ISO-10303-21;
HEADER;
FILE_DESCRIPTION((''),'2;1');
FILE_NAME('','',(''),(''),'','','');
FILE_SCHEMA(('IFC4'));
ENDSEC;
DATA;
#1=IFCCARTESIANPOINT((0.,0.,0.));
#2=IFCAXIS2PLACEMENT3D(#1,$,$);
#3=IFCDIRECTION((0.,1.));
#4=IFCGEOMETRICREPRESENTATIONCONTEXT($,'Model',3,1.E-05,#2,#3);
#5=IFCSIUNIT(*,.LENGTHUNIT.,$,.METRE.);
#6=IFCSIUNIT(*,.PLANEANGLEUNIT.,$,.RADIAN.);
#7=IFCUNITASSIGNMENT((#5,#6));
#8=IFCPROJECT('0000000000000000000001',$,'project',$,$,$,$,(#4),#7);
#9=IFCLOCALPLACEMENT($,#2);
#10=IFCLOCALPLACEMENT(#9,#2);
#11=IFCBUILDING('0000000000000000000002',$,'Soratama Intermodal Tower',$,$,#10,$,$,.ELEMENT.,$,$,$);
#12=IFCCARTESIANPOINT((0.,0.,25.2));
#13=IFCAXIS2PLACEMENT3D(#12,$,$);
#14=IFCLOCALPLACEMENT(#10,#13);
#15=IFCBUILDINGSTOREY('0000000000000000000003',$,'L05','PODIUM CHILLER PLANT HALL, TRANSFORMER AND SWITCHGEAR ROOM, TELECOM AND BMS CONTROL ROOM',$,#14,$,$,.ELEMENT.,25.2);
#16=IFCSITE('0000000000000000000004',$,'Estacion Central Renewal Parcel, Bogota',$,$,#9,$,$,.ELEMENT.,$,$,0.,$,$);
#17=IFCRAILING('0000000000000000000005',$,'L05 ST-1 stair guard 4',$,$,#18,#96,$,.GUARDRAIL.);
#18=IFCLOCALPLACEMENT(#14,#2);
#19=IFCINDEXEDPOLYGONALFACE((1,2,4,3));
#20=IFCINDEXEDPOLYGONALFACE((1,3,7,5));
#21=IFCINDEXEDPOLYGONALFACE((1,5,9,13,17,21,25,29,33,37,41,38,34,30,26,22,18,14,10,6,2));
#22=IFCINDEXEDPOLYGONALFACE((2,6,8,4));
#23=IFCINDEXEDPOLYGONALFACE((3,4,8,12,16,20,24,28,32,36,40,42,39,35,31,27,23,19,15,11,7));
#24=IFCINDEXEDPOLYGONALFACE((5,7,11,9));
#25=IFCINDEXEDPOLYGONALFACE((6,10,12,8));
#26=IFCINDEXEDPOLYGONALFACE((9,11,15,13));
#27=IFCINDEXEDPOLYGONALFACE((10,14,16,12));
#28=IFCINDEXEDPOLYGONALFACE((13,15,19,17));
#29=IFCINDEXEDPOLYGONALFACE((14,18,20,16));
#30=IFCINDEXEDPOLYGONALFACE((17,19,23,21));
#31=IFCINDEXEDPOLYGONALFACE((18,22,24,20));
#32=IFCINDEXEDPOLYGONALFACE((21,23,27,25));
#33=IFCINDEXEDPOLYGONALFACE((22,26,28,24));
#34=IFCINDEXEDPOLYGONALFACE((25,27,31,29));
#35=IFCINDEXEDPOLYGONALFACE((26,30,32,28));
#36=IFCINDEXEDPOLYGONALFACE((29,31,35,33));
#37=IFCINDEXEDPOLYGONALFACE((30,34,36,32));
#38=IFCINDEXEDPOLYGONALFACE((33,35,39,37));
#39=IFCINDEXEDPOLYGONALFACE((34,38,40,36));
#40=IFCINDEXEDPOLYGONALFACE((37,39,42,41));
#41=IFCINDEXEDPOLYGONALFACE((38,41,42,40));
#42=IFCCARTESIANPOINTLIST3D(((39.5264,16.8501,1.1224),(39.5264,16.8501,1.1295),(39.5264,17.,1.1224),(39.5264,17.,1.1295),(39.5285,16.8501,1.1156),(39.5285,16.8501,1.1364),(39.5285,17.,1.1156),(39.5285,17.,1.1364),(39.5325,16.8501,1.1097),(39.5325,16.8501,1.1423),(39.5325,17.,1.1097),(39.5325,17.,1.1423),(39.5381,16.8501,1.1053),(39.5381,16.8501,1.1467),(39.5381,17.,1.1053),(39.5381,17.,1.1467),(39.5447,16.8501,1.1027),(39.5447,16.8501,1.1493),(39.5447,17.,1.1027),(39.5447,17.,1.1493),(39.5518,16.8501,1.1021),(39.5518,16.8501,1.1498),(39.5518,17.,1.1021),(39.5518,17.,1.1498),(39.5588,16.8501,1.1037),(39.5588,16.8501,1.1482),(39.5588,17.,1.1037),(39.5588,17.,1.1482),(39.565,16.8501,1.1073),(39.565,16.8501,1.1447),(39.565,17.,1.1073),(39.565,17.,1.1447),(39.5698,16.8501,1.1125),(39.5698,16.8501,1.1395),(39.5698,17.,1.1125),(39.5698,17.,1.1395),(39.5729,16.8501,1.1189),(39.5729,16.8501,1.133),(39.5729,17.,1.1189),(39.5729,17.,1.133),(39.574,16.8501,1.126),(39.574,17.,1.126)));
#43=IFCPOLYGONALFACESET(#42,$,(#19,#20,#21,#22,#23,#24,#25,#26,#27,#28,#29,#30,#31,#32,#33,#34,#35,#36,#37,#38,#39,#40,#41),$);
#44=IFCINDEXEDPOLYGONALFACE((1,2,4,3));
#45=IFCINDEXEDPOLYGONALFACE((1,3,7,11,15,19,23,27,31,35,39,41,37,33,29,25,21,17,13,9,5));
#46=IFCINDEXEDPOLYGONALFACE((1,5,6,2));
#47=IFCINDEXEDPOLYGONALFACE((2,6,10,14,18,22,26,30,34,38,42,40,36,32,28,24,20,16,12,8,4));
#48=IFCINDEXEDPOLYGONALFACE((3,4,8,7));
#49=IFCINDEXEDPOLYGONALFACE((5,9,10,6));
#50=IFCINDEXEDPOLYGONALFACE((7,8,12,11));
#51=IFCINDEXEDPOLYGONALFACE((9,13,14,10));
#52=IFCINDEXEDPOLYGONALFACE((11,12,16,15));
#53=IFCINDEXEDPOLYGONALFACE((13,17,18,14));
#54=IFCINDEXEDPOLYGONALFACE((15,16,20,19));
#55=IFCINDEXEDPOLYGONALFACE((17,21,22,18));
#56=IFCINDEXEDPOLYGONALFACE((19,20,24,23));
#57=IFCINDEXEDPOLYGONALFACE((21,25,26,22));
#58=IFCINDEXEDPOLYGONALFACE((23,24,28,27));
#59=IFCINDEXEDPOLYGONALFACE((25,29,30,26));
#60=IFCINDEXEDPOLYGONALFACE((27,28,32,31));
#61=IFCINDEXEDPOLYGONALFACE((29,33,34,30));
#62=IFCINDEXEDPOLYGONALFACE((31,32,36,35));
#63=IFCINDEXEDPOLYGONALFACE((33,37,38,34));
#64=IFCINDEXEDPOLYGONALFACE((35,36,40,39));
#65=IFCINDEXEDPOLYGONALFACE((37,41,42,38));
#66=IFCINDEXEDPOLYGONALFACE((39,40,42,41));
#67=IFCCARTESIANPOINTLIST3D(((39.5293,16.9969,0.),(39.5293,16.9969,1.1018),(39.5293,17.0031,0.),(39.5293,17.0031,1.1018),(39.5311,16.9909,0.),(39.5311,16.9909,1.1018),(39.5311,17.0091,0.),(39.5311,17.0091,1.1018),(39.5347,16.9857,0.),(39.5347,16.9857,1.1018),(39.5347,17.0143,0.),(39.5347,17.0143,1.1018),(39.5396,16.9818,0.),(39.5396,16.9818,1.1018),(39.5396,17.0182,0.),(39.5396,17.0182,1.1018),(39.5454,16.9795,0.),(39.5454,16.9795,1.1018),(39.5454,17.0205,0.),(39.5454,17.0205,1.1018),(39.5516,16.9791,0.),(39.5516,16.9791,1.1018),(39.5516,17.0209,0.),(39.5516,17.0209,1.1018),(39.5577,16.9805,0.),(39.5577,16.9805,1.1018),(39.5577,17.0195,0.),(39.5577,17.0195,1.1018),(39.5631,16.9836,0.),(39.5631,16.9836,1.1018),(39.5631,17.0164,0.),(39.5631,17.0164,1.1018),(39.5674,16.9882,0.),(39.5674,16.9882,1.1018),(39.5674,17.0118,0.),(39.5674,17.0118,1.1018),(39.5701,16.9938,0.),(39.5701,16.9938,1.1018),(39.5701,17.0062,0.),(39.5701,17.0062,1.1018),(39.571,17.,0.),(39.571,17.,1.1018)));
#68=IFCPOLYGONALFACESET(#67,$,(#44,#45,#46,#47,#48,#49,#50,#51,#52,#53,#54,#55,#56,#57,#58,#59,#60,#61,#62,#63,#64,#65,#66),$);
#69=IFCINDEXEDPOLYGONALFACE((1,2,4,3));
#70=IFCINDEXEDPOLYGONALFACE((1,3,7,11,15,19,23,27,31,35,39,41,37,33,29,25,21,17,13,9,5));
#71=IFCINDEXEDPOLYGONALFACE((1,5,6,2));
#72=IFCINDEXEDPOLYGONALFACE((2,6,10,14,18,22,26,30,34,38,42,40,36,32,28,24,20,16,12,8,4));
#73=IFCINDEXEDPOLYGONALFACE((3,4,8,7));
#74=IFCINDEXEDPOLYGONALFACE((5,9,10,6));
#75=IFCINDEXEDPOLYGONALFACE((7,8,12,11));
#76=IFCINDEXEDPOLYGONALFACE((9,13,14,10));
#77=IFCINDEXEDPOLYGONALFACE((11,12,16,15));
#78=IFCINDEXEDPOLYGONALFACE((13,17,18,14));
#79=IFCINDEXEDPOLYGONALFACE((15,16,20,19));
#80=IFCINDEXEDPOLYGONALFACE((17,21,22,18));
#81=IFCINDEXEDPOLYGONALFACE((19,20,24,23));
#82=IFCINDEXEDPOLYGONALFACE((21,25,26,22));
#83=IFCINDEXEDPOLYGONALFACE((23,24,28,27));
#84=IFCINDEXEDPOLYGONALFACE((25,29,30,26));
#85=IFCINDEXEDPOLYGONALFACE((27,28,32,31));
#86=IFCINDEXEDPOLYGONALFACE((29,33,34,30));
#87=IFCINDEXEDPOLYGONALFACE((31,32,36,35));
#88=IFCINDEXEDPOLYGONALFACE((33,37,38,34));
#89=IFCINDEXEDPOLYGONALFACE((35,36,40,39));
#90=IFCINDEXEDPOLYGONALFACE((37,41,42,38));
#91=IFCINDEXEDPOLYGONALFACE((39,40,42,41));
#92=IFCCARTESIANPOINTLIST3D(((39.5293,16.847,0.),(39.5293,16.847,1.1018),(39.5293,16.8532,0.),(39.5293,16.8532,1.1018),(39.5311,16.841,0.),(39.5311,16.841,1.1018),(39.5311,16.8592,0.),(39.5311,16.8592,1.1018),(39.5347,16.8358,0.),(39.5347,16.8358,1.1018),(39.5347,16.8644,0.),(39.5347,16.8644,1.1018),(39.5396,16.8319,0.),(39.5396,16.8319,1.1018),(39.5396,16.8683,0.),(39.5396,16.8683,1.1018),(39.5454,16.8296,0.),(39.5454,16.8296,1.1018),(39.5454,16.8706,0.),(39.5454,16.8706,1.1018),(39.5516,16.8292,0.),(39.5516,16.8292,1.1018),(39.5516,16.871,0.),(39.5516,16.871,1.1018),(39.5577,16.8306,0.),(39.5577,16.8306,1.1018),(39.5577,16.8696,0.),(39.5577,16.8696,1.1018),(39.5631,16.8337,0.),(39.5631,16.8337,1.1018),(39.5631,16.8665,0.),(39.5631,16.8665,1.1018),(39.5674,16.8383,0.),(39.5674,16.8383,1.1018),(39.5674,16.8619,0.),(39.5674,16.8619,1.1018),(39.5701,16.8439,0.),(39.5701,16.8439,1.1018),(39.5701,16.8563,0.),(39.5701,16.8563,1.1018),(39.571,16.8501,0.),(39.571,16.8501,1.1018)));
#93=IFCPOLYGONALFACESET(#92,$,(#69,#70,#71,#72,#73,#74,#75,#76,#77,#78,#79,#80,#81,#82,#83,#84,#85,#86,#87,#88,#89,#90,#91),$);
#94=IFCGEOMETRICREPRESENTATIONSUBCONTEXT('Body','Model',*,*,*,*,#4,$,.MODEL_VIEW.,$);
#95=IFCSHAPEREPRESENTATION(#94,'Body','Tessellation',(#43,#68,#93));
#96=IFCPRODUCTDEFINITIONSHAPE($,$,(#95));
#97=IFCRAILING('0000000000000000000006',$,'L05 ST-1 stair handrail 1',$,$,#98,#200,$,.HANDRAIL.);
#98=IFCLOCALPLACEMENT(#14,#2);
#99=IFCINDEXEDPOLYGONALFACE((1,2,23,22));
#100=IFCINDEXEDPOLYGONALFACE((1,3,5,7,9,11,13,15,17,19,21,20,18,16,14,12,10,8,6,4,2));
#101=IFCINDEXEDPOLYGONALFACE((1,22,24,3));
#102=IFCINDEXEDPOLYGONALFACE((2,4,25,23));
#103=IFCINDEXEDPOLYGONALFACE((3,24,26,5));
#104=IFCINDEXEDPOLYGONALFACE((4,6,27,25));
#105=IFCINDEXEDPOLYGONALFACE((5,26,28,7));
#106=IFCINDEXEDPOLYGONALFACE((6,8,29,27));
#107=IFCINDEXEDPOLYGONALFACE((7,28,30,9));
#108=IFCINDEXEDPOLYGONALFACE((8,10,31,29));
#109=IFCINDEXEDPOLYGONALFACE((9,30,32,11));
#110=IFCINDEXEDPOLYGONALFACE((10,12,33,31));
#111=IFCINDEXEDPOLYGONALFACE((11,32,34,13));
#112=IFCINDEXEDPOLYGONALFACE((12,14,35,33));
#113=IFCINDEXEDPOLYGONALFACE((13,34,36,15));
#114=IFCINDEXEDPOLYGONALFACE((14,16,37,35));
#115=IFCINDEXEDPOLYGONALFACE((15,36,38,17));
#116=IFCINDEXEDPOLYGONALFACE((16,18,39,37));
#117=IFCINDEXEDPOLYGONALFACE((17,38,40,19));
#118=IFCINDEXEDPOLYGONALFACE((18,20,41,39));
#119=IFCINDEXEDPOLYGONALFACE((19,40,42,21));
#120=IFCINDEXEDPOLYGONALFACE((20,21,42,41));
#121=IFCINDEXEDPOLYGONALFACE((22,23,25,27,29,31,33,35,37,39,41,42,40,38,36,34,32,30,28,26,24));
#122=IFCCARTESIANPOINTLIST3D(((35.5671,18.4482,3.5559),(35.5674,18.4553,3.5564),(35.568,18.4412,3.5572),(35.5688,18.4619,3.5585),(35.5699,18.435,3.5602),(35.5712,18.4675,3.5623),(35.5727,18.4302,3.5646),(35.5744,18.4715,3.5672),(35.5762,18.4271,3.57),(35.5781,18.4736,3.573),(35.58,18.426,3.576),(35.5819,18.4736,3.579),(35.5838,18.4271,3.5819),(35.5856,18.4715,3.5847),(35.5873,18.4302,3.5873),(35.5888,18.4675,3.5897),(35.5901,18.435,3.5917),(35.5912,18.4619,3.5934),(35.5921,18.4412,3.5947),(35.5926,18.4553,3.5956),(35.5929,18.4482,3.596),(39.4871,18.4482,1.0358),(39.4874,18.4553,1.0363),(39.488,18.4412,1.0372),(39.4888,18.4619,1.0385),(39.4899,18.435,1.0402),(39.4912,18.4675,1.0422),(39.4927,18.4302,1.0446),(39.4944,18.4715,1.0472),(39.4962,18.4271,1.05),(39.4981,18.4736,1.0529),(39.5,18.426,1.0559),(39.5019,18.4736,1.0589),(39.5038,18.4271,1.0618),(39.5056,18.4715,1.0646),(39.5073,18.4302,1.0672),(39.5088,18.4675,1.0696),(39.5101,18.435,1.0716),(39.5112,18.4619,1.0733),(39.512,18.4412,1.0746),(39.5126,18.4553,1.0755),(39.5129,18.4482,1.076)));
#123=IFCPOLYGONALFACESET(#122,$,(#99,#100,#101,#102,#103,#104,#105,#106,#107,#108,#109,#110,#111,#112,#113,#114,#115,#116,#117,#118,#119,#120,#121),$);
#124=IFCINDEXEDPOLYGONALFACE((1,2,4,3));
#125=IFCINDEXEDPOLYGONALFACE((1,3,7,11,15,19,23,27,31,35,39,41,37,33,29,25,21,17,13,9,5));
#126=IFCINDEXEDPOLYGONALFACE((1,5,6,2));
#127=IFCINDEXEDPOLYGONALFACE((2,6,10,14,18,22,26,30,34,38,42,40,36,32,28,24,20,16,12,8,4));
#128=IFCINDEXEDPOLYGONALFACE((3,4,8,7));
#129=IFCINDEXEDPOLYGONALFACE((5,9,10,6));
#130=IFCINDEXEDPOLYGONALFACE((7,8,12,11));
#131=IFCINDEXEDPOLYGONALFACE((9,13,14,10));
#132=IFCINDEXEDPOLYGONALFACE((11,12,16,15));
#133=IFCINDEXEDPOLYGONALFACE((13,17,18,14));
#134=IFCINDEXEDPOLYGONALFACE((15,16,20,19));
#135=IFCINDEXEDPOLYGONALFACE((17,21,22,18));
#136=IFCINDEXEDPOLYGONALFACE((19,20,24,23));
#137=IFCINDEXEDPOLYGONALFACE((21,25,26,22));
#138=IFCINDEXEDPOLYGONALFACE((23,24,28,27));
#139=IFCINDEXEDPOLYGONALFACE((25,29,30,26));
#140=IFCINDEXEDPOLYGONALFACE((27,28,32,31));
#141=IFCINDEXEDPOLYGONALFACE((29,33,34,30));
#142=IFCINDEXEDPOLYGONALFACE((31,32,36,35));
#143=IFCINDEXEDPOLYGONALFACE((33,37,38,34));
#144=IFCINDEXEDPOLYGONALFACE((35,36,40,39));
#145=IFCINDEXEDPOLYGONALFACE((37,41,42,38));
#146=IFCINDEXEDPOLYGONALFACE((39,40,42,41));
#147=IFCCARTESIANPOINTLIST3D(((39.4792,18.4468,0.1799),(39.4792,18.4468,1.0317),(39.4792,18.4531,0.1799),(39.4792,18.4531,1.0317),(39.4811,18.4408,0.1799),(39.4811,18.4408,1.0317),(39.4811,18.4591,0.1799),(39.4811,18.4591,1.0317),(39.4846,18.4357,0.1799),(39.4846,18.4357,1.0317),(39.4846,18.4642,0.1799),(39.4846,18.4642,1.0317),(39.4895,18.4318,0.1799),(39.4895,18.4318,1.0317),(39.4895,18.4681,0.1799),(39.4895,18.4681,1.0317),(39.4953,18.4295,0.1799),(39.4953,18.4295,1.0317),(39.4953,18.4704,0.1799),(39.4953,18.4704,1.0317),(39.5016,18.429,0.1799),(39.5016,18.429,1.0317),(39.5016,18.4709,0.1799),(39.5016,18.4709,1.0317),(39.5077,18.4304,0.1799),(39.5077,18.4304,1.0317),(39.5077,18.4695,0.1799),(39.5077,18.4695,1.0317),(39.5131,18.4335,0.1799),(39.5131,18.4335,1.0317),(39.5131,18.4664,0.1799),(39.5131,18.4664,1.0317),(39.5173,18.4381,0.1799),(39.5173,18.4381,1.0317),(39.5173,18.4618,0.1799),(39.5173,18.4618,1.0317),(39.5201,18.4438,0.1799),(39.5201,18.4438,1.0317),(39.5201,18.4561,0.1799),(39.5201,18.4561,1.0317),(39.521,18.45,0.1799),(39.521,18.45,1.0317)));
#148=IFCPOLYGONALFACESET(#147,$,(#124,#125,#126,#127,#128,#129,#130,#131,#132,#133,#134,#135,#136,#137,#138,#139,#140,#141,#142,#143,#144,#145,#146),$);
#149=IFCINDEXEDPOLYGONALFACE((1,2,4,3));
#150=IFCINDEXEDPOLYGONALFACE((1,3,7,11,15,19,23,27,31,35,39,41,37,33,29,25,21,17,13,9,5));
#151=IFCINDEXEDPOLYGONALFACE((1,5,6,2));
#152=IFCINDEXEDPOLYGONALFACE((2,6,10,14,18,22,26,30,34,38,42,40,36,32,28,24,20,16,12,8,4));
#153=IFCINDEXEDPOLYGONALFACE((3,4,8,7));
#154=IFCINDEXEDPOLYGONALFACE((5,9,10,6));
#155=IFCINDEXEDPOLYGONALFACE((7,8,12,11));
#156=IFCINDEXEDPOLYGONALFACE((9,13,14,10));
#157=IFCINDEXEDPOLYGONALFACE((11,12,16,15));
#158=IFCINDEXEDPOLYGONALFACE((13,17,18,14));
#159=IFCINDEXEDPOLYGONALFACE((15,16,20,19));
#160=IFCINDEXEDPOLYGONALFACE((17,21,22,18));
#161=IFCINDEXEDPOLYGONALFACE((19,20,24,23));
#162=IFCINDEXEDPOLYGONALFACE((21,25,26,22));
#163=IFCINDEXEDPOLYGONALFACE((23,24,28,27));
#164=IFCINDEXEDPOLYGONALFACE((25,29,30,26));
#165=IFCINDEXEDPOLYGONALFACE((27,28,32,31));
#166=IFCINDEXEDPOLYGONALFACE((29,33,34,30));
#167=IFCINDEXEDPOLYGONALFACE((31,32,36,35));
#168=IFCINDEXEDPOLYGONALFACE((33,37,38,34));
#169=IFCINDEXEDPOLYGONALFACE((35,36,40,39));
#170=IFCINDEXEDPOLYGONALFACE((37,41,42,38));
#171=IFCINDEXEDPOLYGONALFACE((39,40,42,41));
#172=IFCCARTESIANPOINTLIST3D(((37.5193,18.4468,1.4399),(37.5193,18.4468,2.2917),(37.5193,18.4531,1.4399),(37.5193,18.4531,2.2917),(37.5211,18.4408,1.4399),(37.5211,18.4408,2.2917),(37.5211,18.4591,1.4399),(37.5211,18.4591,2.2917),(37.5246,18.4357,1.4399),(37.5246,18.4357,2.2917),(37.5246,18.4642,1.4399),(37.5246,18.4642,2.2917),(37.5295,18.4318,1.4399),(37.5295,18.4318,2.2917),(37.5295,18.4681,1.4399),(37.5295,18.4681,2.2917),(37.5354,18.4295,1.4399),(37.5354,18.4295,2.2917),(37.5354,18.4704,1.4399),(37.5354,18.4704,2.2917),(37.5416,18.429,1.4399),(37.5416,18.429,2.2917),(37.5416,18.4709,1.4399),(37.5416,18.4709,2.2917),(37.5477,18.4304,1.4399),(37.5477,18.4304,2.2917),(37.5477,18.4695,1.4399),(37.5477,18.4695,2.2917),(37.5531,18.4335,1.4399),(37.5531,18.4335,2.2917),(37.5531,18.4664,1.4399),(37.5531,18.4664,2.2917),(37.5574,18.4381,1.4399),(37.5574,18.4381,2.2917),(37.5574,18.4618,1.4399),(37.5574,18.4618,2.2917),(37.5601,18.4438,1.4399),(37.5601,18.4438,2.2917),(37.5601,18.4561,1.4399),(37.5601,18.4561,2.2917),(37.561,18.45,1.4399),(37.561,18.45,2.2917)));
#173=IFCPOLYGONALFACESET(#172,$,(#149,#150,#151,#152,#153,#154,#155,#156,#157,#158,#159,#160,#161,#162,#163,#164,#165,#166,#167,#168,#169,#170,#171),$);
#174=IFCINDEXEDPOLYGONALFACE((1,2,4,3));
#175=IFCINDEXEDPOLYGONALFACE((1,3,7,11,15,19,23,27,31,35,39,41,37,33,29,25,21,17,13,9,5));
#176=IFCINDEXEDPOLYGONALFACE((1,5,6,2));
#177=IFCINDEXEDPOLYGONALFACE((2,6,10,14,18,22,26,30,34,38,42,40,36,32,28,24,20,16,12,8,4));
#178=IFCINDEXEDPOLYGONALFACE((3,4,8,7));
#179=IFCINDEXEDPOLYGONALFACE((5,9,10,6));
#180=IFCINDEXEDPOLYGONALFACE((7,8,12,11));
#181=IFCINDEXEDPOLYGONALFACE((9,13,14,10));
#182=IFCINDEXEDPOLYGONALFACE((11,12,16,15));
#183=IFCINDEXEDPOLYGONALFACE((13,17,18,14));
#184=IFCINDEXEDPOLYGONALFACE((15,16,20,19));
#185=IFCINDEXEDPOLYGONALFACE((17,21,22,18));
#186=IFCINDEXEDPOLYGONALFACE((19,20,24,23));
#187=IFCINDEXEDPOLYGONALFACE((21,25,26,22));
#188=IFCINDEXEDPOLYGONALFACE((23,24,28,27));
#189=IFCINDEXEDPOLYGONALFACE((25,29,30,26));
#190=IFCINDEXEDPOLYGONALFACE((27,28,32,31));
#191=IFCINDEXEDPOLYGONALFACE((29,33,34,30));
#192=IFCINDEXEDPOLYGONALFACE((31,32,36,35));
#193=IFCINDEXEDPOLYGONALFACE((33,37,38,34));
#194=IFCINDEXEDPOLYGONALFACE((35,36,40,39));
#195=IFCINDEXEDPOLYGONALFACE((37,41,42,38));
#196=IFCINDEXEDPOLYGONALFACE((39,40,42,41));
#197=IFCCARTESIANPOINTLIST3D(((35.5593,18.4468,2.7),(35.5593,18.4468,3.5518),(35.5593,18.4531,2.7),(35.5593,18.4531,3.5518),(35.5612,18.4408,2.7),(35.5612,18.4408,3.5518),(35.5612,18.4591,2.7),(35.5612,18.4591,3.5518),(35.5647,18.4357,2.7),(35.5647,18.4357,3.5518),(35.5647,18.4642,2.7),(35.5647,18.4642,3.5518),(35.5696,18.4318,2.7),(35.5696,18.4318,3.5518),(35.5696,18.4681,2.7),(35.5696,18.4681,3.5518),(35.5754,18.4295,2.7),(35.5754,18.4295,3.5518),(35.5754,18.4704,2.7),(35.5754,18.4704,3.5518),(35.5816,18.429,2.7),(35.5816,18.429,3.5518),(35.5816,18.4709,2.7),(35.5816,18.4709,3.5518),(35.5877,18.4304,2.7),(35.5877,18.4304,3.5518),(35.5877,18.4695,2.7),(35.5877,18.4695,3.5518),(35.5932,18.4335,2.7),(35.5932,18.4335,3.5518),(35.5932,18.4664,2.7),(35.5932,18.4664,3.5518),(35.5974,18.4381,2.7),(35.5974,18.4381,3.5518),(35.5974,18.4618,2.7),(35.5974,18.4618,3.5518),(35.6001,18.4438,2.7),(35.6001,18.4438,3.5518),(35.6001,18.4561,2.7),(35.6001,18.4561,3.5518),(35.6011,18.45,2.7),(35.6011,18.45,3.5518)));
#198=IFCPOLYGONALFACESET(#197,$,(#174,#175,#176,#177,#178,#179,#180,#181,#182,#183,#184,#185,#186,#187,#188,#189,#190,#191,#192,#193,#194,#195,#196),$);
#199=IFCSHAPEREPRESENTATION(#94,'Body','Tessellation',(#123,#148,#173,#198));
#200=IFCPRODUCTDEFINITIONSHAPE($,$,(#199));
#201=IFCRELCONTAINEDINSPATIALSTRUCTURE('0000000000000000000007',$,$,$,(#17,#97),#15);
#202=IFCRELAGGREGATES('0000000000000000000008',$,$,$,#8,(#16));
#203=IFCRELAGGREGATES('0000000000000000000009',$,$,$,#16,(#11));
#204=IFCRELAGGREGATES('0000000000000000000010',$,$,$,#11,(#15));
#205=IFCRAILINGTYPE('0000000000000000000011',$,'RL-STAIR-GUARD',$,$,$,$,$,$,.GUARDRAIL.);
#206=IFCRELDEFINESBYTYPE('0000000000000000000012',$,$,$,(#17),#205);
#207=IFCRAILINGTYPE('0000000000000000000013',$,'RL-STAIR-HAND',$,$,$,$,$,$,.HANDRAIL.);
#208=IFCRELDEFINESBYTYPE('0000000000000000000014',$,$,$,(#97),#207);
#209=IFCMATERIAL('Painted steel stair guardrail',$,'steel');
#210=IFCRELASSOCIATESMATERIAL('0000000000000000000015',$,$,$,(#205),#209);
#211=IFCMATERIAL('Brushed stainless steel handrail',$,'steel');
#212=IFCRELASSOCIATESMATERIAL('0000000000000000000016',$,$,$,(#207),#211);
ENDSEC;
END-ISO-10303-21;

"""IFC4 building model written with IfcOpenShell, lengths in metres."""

from ifc_helpers import new_model, si_unit, direction, frame, origin, origin_2d, place, context, subcontext, project, spatial, circle, extrude, material, type_object, element, save


model = new_model("IFC4")

# Units and contexts
model_context = context("Model", 3, precision=1e-05, world=origin(), true_north=direction((0.0, 1.0)))
body_context = subcontext(model_context, "Body", "Model", "MODEL_VIEW")
ifc_project = project(units=[si_unit("LENGTHUNIT", "METRE"), si_unit("PLANEANGLEUNIT", "RADIAN")], contexts=[model_context])

# Site, building, storey
site_placement = place(None, origin())
site = spatial("IfcSite", under=ifc_project, at=site_placement, Name="Estacion Central Renewal Parcel, Bogota", CompositionType="ELEMENT", RefElevation=0.0)
building_placement = place(site_placement, origin())
building = spatial("IfcBuilding", under=site, at=building_placement, Name="Soratama Intermodal Tower", CompositionType="ELEMENT")
storey_placement = place(building_placement, frame((0.0, 0.0, 25.2)))
storey = spatial("IfcBuildingStorey", under=building, at=storey_placement, Name="L05", Description="PODIUM CHILLER PLANT HALL, TRANSFORMER AND SWITCHGEAR ROOM, TELECOM AND BMS CONTROL ROOM", CompositionType="ELEMENT", Elevation=25.2)

# Railings
ifc_material_1 = material(Name="Painted steel stair guardrail", Category="steel")
railing_type_1 = type_object("IfcRailingType", Name="RL-STAIR-GUARD", PredefinedType="GUARDRAIL", material=ifc_material_1)
railing_1_placement = place(storey_placement, frame((39.55, 17.0, 0.0)))
element("IfcRailing", 1, at=railing_1_placement, inside=storey, type_object=railing_type_1, Name="L05 ST-1 stair guard 4", PredefinedType="GUARDRAIL", context=body_context, shape_type="SweptSolid", body=[
    extrude(circle(Radius=0.0239, at=origin_2d()), frame((0.0, 0.0, 1.126), z_axis=(0.0, -1.0, 0.0), x_axis=(1.0, 0.0, 0.0)), (0.0, 0.0, 1.0), 0.1499),
    extrude(circle(Radius=0.021, at=origin_2d()), origin(), (0.0, 0.0, 1.0), 1.1018),
    extrude(circle(Radius=0.021, at=origin_2d()), frame((0.0, -0.1499, 0.0)), (0.0, 0.0, 1.0), 1.1018),
])
ifc_material_2 = material(Name="Brushed stainless steel handrail", Category="steel")
railing_type_2 = type_object("IfcRailingType", Name="RL-STAIR-HAND", PredefinedType="HANDRAIL", material=ifc_material_2)
railing_2_placement = place(storey_placement, frame((39.5, 18.45, 0.1799)))
element("IfcRailing", 2, at=railing_2_placement, inside=storey, type_object=railing_type_2, Name="L05 ST-1 stair handrail 1", PredefinedType="HANDRAIL", context=body_context, shape_type="SweptSolid", body=[
    extrude(circle(Radius=0.0239, at=origin_2d()), frame((0.0, 0.0, 0.876), z_axis=(-0.841172, 0.0, 0.540768), x_axis=(0.0, -1.0, 0.0)), (0.0, 0.0, 1.0), 4.6602),
    extrude(circle(Radius=0.021, at=origin_2d()), origin(), (0.0, 0.0, 1.0), 0.8518),
    extrude(circle(Radius=0.021, at=origin_2d()), frame((-1.96, 0.0, 1.26)), (0.0, 0.0, 1.0), 0.8518),
    extrude(circle(Radius=0.021, at=origin_2d()), frame((-3.9199, 0.0, 2.52)), (0.0, 0.0, 1.0), 0.8518),
])

save(model, "model.ifc")
